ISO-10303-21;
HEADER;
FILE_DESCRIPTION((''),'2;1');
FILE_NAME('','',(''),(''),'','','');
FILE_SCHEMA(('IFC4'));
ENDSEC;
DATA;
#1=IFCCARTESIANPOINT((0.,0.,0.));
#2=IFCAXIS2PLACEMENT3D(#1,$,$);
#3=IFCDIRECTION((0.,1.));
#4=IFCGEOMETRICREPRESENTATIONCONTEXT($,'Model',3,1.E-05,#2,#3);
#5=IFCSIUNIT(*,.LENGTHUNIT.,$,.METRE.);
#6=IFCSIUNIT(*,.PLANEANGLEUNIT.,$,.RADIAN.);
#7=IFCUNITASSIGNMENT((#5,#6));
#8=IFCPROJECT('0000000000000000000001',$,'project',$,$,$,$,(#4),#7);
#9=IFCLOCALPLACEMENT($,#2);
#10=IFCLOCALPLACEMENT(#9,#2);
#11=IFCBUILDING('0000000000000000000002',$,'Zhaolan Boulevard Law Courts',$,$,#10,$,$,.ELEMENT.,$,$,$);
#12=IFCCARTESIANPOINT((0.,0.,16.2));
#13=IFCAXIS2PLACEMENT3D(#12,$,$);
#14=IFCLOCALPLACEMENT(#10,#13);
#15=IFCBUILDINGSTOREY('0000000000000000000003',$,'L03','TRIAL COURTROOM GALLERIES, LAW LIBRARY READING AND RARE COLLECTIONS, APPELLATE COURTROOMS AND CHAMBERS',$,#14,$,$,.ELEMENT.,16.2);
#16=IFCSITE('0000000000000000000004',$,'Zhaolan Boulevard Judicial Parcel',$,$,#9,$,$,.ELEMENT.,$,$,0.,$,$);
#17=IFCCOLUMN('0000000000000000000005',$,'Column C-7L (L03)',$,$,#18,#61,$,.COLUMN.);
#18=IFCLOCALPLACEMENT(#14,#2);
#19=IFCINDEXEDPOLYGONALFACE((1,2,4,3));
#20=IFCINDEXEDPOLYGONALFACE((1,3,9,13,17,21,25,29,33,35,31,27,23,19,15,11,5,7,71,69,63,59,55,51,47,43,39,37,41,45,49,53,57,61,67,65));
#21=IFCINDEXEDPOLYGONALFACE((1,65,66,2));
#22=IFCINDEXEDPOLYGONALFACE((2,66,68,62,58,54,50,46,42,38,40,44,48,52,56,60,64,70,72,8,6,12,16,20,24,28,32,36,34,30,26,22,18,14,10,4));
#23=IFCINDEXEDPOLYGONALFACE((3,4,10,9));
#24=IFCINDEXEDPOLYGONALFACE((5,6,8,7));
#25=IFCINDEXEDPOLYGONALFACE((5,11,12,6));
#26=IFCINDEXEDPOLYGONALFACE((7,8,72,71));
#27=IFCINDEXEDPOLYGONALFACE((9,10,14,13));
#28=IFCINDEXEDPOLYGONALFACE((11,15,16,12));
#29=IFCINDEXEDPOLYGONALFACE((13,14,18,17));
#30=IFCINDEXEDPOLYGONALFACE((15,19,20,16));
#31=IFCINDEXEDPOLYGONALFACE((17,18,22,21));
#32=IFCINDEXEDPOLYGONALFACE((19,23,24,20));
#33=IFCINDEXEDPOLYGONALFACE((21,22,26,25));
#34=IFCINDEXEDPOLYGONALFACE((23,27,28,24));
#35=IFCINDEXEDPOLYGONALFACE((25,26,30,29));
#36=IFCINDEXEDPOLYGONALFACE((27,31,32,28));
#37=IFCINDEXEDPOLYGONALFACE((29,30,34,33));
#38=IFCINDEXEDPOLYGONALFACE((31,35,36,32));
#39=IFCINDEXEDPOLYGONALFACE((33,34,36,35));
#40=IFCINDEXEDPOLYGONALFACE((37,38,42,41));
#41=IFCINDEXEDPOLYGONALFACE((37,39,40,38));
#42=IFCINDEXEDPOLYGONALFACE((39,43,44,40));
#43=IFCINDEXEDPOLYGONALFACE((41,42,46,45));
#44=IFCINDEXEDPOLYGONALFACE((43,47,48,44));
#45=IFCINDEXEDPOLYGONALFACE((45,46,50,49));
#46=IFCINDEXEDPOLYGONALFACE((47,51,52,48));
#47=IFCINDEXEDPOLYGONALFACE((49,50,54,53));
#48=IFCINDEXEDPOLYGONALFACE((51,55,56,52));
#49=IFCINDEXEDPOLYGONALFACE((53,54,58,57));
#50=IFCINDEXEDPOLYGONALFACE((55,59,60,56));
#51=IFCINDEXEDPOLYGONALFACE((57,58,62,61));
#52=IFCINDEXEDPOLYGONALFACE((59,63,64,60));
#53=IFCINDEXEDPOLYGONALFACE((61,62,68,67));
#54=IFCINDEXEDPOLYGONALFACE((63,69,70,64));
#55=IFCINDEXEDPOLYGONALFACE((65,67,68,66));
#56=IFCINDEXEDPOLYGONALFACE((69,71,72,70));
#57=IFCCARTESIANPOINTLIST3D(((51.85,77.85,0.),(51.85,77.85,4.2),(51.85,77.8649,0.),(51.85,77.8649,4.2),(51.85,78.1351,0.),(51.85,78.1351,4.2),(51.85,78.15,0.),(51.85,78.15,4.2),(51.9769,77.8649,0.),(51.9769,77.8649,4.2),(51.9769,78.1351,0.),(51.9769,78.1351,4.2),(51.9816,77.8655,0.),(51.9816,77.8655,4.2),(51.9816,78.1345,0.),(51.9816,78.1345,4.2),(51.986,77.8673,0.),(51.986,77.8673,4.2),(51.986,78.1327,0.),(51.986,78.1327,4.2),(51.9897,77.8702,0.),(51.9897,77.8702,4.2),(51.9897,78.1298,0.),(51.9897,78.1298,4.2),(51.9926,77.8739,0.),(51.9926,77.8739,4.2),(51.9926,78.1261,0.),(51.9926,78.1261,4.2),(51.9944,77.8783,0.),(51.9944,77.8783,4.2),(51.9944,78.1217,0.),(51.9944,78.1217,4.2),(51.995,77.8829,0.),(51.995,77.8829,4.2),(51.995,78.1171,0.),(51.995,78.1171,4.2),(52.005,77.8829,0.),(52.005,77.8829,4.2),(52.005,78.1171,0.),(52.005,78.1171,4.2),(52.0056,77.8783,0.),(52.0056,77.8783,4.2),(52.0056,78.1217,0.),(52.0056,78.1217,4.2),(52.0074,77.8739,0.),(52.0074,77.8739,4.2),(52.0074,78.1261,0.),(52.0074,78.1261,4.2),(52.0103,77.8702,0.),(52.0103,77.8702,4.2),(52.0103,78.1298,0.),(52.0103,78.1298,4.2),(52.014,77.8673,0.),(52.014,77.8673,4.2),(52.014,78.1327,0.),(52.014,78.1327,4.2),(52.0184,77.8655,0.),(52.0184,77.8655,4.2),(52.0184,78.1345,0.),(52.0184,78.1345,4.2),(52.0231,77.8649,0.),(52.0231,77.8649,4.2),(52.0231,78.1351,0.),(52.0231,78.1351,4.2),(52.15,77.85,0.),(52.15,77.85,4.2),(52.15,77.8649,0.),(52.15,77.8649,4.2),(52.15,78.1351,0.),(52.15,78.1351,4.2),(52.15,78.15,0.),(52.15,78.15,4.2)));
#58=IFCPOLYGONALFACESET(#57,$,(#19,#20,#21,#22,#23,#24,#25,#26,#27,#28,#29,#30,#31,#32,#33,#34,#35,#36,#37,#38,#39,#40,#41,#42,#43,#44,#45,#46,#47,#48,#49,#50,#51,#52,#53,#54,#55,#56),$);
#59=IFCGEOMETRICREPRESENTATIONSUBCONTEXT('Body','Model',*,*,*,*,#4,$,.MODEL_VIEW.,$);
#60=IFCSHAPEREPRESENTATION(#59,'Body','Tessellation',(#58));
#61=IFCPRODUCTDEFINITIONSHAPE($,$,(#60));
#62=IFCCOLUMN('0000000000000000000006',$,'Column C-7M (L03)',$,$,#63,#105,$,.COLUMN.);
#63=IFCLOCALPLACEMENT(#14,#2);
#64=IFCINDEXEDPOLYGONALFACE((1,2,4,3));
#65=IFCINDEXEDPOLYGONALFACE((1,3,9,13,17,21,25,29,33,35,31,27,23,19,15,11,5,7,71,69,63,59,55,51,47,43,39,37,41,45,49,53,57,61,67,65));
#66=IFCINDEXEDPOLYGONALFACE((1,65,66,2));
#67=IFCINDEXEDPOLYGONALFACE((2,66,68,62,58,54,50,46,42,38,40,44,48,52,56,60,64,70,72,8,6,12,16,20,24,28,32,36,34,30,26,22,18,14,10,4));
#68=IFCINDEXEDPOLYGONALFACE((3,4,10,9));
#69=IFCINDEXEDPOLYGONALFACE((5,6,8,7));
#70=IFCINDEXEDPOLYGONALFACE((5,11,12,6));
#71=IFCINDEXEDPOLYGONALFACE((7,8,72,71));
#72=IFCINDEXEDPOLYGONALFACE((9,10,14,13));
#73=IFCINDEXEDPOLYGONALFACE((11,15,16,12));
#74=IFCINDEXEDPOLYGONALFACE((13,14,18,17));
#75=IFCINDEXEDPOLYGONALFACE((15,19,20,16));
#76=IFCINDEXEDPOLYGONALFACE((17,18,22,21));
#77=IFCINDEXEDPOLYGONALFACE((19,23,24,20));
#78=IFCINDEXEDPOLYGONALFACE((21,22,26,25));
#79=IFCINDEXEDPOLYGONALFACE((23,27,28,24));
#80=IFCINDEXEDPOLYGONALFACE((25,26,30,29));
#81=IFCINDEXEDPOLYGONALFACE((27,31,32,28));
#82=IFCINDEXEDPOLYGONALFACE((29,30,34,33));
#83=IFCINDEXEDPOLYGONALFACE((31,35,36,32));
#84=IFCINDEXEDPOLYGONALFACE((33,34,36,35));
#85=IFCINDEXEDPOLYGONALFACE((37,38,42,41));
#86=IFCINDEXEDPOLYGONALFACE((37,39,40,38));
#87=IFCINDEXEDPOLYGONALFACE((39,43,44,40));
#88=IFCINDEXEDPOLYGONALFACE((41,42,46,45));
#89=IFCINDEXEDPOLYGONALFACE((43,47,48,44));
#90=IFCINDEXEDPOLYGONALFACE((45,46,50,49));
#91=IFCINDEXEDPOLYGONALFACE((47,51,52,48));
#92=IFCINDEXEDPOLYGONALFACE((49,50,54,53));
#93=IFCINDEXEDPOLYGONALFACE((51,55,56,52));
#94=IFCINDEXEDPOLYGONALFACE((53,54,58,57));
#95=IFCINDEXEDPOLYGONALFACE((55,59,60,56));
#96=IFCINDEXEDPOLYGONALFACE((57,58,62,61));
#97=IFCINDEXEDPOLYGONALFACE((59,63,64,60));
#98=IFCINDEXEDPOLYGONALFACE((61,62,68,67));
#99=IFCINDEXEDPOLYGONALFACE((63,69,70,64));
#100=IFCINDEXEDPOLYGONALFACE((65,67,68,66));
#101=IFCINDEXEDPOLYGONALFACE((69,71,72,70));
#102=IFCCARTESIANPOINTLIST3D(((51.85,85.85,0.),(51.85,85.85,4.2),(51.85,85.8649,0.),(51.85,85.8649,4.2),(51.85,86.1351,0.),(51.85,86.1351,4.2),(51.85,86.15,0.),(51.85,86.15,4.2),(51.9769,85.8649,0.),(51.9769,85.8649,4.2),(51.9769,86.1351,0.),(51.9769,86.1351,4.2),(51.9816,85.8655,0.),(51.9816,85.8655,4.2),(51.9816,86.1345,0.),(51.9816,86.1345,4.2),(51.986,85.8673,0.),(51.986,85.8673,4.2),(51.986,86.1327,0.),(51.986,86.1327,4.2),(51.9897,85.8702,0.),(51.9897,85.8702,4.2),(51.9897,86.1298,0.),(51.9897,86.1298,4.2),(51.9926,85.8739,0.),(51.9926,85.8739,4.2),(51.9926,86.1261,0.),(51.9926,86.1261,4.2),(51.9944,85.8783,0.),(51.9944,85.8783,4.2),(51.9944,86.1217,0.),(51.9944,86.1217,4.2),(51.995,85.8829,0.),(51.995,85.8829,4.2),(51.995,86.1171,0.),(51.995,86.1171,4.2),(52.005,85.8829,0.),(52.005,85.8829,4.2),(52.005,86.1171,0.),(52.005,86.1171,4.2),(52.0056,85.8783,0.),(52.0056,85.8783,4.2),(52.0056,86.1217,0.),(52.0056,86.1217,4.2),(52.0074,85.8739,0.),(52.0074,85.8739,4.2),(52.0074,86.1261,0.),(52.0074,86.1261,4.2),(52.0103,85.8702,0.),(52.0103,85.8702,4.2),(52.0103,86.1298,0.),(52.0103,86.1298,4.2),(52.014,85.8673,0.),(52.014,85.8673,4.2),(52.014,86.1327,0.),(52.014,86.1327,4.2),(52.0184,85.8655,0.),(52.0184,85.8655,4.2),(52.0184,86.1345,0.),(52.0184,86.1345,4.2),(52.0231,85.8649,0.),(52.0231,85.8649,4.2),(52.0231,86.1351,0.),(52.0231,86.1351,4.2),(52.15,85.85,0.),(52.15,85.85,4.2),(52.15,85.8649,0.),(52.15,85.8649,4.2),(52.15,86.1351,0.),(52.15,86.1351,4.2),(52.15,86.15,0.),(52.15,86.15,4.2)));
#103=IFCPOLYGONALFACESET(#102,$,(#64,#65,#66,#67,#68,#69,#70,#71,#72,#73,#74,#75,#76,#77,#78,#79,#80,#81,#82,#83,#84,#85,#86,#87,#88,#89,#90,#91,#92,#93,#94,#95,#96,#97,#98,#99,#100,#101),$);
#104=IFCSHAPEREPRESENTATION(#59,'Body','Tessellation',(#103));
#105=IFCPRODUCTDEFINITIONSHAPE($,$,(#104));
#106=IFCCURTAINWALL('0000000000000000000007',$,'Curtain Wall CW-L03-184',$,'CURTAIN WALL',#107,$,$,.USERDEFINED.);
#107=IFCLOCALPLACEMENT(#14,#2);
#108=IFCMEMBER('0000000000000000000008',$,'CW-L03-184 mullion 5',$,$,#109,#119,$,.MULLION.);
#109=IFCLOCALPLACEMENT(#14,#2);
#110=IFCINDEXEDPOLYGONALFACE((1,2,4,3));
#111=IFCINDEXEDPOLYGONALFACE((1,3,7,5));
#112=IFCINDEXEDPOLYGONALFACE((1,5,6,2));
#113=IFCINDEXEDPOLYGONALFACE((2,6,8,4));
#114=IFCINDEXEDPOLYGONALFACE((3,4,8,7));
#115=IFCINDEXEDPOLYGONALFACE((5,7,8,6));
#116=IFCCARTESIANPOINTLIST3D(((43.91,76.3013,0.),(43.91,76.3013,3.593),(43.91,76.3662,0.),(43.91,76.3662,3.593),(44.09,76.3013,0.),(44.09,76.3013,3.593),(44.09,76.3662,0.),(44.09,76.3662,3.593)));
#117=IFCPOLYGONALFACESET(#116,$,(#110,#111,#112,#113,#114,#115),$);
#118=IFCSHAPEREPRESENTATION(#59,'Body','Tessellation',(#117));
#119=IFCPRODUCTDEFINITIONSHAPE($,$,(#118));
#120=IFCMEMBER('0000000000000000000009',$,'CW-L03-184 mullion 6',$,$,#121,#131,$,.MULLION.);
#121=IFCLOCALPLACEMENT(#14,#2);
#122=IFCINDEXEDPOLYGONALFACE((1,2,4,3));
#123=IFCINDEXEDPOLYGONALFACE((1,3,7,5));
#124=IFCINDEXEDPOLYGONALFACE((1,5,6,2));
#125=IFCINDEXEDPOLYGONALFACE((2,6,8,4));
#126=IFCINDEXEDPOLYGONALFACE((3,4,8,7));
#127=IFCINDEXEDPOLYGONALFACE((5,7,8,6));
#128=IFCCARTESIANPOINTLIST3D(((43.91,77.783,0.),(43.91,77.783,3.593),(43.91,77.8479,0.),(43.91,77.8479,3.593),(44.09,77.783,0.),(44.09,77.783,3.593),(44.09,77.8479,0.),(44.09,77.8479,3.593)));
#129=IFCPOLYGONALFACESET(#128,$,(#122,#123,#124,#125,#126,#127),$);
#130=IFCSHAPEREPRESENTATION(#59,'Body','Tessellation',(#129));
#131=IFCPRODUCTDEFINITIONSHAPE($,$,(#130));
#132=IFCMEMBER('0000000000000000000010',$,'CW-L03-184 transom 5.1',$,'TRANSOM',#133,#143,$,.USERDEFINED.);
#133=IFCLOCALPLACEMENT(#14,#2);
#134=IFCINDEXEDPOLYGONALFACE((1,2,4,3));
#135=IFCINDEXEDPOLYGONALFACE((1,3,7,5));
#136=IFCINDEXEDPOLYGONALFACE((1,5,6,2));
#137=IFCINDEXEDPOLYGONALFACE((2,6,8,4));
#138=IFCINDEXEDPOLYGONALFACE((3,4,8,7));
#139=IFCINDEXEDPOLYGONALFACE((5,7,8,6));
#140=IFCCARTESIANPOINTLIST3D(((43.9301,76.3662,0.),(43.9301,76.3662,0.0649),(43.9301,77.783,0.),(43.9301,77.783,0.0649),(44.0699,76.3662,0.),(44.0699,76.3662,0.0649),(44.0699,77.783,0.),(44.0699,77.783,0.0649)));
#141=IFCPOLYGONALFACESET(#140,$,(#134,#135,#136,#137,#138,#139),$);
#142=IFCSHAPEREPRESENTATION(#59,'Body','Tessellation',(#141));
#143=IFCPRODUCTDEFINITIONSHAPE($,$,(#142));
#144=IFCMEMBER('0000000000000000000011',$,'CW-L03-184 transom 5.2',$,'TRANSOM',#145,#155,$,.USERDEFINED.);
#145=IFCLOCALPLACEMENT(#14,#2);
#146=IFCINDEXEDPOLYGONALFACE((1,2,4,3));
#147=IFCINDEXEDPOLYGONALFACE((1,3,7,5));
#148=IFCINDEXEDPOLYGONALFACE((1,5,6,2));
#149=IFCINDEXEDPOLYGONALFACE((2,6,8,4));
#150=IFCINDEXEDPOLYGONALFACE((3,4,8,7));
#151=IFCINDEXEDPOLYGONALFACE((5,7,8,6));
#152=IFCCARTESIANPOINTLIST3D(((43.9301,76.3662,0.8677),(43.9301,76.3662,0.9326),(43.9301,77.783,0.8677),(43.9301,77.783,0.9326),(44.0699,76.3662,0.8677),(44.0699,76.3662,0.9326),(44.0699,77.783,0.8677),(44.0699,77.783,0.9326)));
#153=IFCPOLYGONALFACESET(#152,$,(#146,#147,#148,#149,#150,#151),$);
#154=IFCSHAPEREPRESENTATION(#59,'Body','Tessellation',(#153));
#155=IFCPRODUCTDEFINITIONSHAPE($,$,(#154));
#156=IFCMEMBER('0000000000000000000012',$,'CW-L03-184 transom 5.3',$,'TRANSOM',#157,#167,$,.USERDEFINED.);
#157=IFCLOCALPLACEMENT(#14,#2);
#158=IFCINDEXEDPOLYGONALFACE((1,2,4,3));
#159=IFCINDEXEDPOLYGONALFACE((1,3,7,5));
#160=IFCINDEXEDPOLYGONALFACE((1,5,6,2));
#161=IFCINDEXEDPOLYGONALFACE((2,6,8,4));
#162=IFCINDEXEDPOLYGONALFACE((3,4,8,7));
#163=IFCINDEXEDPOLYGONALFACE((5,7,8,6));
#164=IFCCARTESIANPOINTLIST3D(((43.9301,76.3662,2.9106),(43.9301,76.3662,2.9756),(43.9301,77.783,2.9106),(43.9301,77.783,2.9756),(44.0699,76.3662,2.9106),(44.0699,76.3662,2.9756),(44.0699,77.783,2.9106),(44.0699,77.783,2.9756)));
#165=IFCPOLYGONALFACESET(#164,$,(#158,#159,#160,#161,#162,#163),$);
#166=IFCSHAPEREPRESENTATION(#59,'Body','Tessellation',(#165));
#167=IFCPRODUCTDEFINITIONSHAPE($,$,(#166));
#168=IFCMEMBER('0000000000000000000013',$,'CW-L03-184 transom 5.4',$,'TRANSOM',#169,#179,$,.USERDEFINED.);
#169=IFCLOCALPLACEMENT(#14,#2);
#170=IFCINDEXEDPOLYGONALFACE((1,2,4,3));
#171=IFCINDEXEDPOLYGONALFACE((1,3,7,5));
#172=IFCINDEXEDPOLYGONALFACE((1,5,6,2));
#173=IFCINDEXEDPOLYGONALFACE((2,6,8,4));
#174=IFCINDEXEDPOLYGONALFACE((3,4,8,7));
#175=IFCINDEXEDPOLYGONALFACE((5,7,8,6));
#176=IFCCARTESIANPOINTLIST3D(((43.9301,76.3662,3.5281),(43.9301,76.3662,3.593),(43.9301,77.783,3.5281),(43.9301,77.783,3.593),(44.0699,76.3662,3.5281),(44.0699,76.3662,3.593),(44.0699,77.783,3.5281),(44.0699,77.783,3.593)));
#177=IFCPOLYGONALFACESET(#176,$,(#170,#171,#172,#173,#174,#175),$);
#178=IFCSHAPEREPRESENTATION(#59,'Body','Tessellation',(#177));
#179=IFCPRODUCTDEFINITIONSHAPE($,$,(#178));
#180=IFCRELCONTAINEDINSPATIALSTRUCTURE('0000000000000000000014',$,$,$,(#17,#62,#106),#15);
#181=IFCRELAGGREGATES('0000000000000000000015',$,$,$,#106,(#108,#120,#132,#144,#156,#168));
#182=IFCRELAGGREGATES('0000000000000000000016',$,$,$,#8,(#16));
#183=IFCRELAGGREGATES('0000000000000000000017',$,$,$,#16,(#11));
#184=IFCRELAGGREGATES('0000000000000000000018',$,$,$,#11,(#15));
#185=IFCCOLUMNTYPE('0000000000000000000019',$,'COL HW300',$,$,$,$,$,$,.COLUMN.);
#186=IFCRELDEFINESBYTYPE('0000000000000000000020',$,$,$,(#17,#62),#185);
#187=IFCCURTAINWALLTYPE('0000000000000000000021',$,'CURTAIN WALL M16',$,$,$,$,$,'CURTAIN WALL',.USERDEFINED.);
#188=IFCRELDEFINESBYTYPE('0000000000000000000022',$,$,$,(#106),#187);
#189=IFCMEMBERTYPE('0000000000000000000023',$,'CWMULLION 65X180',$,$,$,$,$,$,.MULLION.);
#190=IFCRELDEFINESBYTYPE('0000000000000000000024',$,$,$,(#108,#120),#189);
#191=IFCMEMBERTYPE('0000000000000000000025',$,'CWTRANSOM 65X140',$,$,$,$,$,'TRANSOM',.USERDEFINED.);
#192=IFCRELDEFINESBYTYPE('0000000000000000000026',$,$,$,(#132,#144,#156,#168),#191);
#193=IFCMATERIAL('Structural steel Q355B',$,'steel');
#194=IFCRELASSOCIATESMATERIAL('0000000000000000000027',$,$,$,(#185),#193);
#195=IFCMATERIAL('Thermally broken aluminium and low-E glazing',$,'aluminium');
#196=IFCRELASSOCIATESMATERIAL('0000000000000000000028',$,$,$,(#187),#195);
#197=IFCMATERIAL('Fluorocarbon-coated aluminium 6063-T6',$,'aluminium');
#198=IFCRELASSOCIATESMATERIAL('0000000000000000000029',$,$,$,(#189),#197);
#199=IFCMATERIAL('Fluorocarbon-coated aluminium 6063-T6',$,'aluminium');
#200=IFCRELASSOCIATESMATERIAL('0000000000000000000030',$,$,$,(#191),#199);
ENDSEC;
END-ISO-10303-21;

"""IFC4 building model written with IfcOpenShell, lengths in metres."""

from ifc_helpers import new_model, si_unit, direction, frame, origin, origin_2d, place, context, subcontext, project, spatial, rectangle, i_section, extrude, material, material_profile, profile_set, type_object, element, aggregate, save


model = new_model("IFC4")

# Units and contexts
model_context = context("Model", 3, precision=1e-05, world=origin(), true_north=direction((0.0, 1.0)))
body_context = subcontext(model_context, "Body", "Model", "MODEL_VIEW")
ifc_project = project(units=[si_unit("LENGTHUNIT", "METRE"), si_unit("PLANEANGLEUNIT", "RADIAN")], contexts=[model_context])

# Site, building, storey
site_placement = place(None, origin())
site = spatial("IfcSite", under=ifc_project, at=site_placement, Name="Zhaolan Boulevard Judicial Parcel", CompositionType="ELEMENT", RefElevation=0.0)
building_placement = place(site_placement, origin())
building = spatial("IfcBuilding", under=site, at=building_placement, Name="Zhaolan Boulevard Law Courts", CompositionType="ELEMENT")
storey_placement = place(building_placement, frame((0.0, 0.0, 16.2)))
storey = spatial("IfcBuildingStorey", under=building, at=storey_placement, Name="L03", Description="TRIAL COURTROOM GALLERIES, LAW LIBRARY READING AND RARE COLLECTIONS, APPELLATE COURTROOMS AND CHAMBERS", CompositionType="ELEMENT", Elevation=16.2)

# Columns
ifc_material_1 = material(Name="Structural steel Q355B", Category="steel")
ifc_material_profile_1 = material_profile(ifc_material_1, i_section(OverallWidth=0.3, OverallDepth=0.3, WebThickness=0.01, FlangeThickness=0.0149, FilletRadius=0.0181, at=origin_2d()), Name="HW300x300")
ifc_profile_set_1 = profile_set([ifc_material_profile_1], Name="Structural steel Q355B")
column_type = type_object("IfcColumnType", Name="COL HW300", PredefinedType="COLUMN", material=ifc_profile_set_1)
for number, where, z_axis, x_axis, name in (
    (1, (52.0, 78.0, 0.0), (0.0, 0.0, 1.0), (1.0, 0.0, 0.0), "Column C-7L (L03)"),
    (2, (52.0, 86.0, 0.0), (0.0, 0.0, 1.0), (1.0, 0.0, 0.0), "Column C-7M (L03)"),
):
    element("IfcColumn", number, at=place(storey_placement, frame(where, z_axis=z_axis, x_axis=x_axis)), inside=storey, type_object=column_type, Name=name, PredefinedType="COLUMN", context=body_context, shape_type="SweptSolid", body=[
        extrude(i_section(OverallWidth=0.3, OverallDepth=0.3, WebThickness=0.01, FlangeThickness=0.0149, FilletRadius=0.0181, at=origin_2d()), origin(), (0.0, 0.0, 1.0), 4.2),
    ])

# Curtain wall, members
ifc_material_2 = material(Name="Thermally broken aluminium and low-E glazing", Category="aluminium")
curtain_wall_type = type_object("IfcCurtainWallType", Name="CURTAIN WALL M16", ElementType="CURTAIN WALL", PredefinedType="USERDEFINED", material=ifc_material_2)
curtain_wall_placement = place(storey_placement, origin())
curtain_wall = element("IfcCurtainWall", 3, at=curtain_wall_placement, inside=storey, type_object=curtain_wall_type, Name="Curtain Wall CW-L03-184", ObjectType="CURTAIN WALL", PredefinedType="USERDEFINED")
ifc_material_3 = material(Name="Fluorocarbon-coated aluminium 6063-T6", Category="aluminium")
ifc_material_profile_2 = material_profile(ifc_material_3, rectangle(XDim=0.1799, YDim=0.0649, at=origin_2d()), Name="AL65x180")
ifc_profile_set_2 = profile_set([ifc_material_profile_2], Name="Fluorocarbon-coated aluminium 6063-T6")
member_type_1 = type_object("IfcMemberType", Name="CWMULLION 65X180", PredefinedType="MULLION", material=ifc_profile_set_2)
member_1_placement = place(storey_placement, frame((44.0, 76.3337, 0.0), z_axis=(0.0, 0.0, 1.0), x_axis=(-1.0, 0.0, 0.0)))
member_1 = element("IfcMember", 4, at=member_1_placement, type_object=member_type_1, Name="CW-L03-184 mullion 5", PredefinedType="MULLION", context=body_context, shape_type="SweptSolid", body=[
    extrude(rectangle(XDim=0.1799, YDim=0.0649, at=origin_2d()), origin(), (0.0, 0.0, 1.0), 3.593),
])
member_2_placement = place(storey_placement, frame((44.0, 77.8154, 0.0), z_axis=(0.0, 0.0, 1.0), x_axis=(-1.0, 0.0, 0.0)))
member_2 = element("IfcMember", 5, at=member_2_placement, type_object=member_type_1, Name="CW-L03-184 mullion 6", PredefinedType="MULLION", context=body_context, shape_type="SweptSolid", body=[
    extrude(rectangle(XDim=0.1799, YDim=0.0649, at=origin_2d()), origin(), (0.0, 0.0, 1.0), 3.593),
])
ifc_material_4 = material(Name="Fluorocarbon-coated aluminium 6063-T6", Category="aluminium")
ifc_material_profile_3 = material_profile(ifc_material_4, rectangle(XDim=0.1399, YDim=0.0649, at=origin_2d()), Name="AL65x140")
ifc_profile_set_3 = profile_set([ifc_material_profile_3], Name="Fluorocarbon-coated aluminium 6063-T6")
member_type_2 = type_object("IfcMemberType", Name="CWTRANSOM 65X140", ElementType="TRANSOM", PredefinedType="USERDEFINED", material=ifc_profile_set_3)
member_3_placement = place(storey_placement, frame((44.0, 76.3662, 0.0325), z_axis=(0.0, 1.0, 0.0), x_axis=(-1.0, 0.0, 0.0)))
member_3 = element("IfcMember", 6, at=member_3_placement, type_object=member_type_2, Name="CW-L03-184 transom 5.1", ObjectType="TRANSOM", PredefinedType="USERDEFINED", context=body_context, shape_type="SweptSolid", body=[
    extrude(rectangle(XDim=0.1399, YDim=0.0649, at=origin_2d()), origin(), (0.0, 0.0, 1.0), 1.4167),
])
member_4_placement = place(storey_placement, frame((44.0, 76.3662, 0.9001), z_axis=(0.0, 1.0, 0.0), x_axis=(-1.0, 0.0, 0.0)))
member_4 = element("IfcMember", 7, at=member_4_placement, type_object=member_type_2, Name="CW-L03-184 transom 5.2", ObjectType="TRANSOM", PredefinedType="USERDEFINED", context=body_context, shape_type="SweptSolid", body=[
    extrude(rectangle(XDim=0.1399, YDim=0.0649, at=origin_2d()), origin(), (0.0, 0.0, 1.0), 1.4167),
])
member_5_placement = place(storey_placement, frame((44.0, 76.3662, 2.9431), z_axis=(0.0, 1.0, 0.0), x_axis=(-1.0, 0.0, 0.0)))
member_5 = element("IfcMember", 8, at=member_5_placement, type_object=member_type_2, Name="CW-L03-184 transom 5.3", ObjectType="TRANSOM", PredefinedType="USERDEFINED", context=body_context, shape_type="SweptSolid", body=[
    extrude(rectangle(XDim=0.1399, YDim=0.0649, at=origin_2d()), origin(), (0.0, 0.0, 1.0), 1.4167),
])
member_6_placement = place(storey_placement, frame((44.0, 76.3662, 3.5605), z_axis=(0.0, 1.0, 0.0), x_axis=(-1.0, 0.0, 0.0)))
member_6 = element("IfcMember", 9, at=member_6_placement, type_object=member_type_2, Name="CW-L03-184 transom 5.4", ObjectType="TRANSOM", PredefinedType="USERDEFINED", context=body_context, shape_type="SweptSolid", body=[
    extrude(rectangle(XDim=0.1399, YDim=0.0649, at=origin_2d()), origin(), (0.0, 0.0, 1.0), 1.4167),
])

aggregate(curtain_wall, [member_1, member_2, member_3, member_4, member_5, member_6])

save(model, "model.ifc")
